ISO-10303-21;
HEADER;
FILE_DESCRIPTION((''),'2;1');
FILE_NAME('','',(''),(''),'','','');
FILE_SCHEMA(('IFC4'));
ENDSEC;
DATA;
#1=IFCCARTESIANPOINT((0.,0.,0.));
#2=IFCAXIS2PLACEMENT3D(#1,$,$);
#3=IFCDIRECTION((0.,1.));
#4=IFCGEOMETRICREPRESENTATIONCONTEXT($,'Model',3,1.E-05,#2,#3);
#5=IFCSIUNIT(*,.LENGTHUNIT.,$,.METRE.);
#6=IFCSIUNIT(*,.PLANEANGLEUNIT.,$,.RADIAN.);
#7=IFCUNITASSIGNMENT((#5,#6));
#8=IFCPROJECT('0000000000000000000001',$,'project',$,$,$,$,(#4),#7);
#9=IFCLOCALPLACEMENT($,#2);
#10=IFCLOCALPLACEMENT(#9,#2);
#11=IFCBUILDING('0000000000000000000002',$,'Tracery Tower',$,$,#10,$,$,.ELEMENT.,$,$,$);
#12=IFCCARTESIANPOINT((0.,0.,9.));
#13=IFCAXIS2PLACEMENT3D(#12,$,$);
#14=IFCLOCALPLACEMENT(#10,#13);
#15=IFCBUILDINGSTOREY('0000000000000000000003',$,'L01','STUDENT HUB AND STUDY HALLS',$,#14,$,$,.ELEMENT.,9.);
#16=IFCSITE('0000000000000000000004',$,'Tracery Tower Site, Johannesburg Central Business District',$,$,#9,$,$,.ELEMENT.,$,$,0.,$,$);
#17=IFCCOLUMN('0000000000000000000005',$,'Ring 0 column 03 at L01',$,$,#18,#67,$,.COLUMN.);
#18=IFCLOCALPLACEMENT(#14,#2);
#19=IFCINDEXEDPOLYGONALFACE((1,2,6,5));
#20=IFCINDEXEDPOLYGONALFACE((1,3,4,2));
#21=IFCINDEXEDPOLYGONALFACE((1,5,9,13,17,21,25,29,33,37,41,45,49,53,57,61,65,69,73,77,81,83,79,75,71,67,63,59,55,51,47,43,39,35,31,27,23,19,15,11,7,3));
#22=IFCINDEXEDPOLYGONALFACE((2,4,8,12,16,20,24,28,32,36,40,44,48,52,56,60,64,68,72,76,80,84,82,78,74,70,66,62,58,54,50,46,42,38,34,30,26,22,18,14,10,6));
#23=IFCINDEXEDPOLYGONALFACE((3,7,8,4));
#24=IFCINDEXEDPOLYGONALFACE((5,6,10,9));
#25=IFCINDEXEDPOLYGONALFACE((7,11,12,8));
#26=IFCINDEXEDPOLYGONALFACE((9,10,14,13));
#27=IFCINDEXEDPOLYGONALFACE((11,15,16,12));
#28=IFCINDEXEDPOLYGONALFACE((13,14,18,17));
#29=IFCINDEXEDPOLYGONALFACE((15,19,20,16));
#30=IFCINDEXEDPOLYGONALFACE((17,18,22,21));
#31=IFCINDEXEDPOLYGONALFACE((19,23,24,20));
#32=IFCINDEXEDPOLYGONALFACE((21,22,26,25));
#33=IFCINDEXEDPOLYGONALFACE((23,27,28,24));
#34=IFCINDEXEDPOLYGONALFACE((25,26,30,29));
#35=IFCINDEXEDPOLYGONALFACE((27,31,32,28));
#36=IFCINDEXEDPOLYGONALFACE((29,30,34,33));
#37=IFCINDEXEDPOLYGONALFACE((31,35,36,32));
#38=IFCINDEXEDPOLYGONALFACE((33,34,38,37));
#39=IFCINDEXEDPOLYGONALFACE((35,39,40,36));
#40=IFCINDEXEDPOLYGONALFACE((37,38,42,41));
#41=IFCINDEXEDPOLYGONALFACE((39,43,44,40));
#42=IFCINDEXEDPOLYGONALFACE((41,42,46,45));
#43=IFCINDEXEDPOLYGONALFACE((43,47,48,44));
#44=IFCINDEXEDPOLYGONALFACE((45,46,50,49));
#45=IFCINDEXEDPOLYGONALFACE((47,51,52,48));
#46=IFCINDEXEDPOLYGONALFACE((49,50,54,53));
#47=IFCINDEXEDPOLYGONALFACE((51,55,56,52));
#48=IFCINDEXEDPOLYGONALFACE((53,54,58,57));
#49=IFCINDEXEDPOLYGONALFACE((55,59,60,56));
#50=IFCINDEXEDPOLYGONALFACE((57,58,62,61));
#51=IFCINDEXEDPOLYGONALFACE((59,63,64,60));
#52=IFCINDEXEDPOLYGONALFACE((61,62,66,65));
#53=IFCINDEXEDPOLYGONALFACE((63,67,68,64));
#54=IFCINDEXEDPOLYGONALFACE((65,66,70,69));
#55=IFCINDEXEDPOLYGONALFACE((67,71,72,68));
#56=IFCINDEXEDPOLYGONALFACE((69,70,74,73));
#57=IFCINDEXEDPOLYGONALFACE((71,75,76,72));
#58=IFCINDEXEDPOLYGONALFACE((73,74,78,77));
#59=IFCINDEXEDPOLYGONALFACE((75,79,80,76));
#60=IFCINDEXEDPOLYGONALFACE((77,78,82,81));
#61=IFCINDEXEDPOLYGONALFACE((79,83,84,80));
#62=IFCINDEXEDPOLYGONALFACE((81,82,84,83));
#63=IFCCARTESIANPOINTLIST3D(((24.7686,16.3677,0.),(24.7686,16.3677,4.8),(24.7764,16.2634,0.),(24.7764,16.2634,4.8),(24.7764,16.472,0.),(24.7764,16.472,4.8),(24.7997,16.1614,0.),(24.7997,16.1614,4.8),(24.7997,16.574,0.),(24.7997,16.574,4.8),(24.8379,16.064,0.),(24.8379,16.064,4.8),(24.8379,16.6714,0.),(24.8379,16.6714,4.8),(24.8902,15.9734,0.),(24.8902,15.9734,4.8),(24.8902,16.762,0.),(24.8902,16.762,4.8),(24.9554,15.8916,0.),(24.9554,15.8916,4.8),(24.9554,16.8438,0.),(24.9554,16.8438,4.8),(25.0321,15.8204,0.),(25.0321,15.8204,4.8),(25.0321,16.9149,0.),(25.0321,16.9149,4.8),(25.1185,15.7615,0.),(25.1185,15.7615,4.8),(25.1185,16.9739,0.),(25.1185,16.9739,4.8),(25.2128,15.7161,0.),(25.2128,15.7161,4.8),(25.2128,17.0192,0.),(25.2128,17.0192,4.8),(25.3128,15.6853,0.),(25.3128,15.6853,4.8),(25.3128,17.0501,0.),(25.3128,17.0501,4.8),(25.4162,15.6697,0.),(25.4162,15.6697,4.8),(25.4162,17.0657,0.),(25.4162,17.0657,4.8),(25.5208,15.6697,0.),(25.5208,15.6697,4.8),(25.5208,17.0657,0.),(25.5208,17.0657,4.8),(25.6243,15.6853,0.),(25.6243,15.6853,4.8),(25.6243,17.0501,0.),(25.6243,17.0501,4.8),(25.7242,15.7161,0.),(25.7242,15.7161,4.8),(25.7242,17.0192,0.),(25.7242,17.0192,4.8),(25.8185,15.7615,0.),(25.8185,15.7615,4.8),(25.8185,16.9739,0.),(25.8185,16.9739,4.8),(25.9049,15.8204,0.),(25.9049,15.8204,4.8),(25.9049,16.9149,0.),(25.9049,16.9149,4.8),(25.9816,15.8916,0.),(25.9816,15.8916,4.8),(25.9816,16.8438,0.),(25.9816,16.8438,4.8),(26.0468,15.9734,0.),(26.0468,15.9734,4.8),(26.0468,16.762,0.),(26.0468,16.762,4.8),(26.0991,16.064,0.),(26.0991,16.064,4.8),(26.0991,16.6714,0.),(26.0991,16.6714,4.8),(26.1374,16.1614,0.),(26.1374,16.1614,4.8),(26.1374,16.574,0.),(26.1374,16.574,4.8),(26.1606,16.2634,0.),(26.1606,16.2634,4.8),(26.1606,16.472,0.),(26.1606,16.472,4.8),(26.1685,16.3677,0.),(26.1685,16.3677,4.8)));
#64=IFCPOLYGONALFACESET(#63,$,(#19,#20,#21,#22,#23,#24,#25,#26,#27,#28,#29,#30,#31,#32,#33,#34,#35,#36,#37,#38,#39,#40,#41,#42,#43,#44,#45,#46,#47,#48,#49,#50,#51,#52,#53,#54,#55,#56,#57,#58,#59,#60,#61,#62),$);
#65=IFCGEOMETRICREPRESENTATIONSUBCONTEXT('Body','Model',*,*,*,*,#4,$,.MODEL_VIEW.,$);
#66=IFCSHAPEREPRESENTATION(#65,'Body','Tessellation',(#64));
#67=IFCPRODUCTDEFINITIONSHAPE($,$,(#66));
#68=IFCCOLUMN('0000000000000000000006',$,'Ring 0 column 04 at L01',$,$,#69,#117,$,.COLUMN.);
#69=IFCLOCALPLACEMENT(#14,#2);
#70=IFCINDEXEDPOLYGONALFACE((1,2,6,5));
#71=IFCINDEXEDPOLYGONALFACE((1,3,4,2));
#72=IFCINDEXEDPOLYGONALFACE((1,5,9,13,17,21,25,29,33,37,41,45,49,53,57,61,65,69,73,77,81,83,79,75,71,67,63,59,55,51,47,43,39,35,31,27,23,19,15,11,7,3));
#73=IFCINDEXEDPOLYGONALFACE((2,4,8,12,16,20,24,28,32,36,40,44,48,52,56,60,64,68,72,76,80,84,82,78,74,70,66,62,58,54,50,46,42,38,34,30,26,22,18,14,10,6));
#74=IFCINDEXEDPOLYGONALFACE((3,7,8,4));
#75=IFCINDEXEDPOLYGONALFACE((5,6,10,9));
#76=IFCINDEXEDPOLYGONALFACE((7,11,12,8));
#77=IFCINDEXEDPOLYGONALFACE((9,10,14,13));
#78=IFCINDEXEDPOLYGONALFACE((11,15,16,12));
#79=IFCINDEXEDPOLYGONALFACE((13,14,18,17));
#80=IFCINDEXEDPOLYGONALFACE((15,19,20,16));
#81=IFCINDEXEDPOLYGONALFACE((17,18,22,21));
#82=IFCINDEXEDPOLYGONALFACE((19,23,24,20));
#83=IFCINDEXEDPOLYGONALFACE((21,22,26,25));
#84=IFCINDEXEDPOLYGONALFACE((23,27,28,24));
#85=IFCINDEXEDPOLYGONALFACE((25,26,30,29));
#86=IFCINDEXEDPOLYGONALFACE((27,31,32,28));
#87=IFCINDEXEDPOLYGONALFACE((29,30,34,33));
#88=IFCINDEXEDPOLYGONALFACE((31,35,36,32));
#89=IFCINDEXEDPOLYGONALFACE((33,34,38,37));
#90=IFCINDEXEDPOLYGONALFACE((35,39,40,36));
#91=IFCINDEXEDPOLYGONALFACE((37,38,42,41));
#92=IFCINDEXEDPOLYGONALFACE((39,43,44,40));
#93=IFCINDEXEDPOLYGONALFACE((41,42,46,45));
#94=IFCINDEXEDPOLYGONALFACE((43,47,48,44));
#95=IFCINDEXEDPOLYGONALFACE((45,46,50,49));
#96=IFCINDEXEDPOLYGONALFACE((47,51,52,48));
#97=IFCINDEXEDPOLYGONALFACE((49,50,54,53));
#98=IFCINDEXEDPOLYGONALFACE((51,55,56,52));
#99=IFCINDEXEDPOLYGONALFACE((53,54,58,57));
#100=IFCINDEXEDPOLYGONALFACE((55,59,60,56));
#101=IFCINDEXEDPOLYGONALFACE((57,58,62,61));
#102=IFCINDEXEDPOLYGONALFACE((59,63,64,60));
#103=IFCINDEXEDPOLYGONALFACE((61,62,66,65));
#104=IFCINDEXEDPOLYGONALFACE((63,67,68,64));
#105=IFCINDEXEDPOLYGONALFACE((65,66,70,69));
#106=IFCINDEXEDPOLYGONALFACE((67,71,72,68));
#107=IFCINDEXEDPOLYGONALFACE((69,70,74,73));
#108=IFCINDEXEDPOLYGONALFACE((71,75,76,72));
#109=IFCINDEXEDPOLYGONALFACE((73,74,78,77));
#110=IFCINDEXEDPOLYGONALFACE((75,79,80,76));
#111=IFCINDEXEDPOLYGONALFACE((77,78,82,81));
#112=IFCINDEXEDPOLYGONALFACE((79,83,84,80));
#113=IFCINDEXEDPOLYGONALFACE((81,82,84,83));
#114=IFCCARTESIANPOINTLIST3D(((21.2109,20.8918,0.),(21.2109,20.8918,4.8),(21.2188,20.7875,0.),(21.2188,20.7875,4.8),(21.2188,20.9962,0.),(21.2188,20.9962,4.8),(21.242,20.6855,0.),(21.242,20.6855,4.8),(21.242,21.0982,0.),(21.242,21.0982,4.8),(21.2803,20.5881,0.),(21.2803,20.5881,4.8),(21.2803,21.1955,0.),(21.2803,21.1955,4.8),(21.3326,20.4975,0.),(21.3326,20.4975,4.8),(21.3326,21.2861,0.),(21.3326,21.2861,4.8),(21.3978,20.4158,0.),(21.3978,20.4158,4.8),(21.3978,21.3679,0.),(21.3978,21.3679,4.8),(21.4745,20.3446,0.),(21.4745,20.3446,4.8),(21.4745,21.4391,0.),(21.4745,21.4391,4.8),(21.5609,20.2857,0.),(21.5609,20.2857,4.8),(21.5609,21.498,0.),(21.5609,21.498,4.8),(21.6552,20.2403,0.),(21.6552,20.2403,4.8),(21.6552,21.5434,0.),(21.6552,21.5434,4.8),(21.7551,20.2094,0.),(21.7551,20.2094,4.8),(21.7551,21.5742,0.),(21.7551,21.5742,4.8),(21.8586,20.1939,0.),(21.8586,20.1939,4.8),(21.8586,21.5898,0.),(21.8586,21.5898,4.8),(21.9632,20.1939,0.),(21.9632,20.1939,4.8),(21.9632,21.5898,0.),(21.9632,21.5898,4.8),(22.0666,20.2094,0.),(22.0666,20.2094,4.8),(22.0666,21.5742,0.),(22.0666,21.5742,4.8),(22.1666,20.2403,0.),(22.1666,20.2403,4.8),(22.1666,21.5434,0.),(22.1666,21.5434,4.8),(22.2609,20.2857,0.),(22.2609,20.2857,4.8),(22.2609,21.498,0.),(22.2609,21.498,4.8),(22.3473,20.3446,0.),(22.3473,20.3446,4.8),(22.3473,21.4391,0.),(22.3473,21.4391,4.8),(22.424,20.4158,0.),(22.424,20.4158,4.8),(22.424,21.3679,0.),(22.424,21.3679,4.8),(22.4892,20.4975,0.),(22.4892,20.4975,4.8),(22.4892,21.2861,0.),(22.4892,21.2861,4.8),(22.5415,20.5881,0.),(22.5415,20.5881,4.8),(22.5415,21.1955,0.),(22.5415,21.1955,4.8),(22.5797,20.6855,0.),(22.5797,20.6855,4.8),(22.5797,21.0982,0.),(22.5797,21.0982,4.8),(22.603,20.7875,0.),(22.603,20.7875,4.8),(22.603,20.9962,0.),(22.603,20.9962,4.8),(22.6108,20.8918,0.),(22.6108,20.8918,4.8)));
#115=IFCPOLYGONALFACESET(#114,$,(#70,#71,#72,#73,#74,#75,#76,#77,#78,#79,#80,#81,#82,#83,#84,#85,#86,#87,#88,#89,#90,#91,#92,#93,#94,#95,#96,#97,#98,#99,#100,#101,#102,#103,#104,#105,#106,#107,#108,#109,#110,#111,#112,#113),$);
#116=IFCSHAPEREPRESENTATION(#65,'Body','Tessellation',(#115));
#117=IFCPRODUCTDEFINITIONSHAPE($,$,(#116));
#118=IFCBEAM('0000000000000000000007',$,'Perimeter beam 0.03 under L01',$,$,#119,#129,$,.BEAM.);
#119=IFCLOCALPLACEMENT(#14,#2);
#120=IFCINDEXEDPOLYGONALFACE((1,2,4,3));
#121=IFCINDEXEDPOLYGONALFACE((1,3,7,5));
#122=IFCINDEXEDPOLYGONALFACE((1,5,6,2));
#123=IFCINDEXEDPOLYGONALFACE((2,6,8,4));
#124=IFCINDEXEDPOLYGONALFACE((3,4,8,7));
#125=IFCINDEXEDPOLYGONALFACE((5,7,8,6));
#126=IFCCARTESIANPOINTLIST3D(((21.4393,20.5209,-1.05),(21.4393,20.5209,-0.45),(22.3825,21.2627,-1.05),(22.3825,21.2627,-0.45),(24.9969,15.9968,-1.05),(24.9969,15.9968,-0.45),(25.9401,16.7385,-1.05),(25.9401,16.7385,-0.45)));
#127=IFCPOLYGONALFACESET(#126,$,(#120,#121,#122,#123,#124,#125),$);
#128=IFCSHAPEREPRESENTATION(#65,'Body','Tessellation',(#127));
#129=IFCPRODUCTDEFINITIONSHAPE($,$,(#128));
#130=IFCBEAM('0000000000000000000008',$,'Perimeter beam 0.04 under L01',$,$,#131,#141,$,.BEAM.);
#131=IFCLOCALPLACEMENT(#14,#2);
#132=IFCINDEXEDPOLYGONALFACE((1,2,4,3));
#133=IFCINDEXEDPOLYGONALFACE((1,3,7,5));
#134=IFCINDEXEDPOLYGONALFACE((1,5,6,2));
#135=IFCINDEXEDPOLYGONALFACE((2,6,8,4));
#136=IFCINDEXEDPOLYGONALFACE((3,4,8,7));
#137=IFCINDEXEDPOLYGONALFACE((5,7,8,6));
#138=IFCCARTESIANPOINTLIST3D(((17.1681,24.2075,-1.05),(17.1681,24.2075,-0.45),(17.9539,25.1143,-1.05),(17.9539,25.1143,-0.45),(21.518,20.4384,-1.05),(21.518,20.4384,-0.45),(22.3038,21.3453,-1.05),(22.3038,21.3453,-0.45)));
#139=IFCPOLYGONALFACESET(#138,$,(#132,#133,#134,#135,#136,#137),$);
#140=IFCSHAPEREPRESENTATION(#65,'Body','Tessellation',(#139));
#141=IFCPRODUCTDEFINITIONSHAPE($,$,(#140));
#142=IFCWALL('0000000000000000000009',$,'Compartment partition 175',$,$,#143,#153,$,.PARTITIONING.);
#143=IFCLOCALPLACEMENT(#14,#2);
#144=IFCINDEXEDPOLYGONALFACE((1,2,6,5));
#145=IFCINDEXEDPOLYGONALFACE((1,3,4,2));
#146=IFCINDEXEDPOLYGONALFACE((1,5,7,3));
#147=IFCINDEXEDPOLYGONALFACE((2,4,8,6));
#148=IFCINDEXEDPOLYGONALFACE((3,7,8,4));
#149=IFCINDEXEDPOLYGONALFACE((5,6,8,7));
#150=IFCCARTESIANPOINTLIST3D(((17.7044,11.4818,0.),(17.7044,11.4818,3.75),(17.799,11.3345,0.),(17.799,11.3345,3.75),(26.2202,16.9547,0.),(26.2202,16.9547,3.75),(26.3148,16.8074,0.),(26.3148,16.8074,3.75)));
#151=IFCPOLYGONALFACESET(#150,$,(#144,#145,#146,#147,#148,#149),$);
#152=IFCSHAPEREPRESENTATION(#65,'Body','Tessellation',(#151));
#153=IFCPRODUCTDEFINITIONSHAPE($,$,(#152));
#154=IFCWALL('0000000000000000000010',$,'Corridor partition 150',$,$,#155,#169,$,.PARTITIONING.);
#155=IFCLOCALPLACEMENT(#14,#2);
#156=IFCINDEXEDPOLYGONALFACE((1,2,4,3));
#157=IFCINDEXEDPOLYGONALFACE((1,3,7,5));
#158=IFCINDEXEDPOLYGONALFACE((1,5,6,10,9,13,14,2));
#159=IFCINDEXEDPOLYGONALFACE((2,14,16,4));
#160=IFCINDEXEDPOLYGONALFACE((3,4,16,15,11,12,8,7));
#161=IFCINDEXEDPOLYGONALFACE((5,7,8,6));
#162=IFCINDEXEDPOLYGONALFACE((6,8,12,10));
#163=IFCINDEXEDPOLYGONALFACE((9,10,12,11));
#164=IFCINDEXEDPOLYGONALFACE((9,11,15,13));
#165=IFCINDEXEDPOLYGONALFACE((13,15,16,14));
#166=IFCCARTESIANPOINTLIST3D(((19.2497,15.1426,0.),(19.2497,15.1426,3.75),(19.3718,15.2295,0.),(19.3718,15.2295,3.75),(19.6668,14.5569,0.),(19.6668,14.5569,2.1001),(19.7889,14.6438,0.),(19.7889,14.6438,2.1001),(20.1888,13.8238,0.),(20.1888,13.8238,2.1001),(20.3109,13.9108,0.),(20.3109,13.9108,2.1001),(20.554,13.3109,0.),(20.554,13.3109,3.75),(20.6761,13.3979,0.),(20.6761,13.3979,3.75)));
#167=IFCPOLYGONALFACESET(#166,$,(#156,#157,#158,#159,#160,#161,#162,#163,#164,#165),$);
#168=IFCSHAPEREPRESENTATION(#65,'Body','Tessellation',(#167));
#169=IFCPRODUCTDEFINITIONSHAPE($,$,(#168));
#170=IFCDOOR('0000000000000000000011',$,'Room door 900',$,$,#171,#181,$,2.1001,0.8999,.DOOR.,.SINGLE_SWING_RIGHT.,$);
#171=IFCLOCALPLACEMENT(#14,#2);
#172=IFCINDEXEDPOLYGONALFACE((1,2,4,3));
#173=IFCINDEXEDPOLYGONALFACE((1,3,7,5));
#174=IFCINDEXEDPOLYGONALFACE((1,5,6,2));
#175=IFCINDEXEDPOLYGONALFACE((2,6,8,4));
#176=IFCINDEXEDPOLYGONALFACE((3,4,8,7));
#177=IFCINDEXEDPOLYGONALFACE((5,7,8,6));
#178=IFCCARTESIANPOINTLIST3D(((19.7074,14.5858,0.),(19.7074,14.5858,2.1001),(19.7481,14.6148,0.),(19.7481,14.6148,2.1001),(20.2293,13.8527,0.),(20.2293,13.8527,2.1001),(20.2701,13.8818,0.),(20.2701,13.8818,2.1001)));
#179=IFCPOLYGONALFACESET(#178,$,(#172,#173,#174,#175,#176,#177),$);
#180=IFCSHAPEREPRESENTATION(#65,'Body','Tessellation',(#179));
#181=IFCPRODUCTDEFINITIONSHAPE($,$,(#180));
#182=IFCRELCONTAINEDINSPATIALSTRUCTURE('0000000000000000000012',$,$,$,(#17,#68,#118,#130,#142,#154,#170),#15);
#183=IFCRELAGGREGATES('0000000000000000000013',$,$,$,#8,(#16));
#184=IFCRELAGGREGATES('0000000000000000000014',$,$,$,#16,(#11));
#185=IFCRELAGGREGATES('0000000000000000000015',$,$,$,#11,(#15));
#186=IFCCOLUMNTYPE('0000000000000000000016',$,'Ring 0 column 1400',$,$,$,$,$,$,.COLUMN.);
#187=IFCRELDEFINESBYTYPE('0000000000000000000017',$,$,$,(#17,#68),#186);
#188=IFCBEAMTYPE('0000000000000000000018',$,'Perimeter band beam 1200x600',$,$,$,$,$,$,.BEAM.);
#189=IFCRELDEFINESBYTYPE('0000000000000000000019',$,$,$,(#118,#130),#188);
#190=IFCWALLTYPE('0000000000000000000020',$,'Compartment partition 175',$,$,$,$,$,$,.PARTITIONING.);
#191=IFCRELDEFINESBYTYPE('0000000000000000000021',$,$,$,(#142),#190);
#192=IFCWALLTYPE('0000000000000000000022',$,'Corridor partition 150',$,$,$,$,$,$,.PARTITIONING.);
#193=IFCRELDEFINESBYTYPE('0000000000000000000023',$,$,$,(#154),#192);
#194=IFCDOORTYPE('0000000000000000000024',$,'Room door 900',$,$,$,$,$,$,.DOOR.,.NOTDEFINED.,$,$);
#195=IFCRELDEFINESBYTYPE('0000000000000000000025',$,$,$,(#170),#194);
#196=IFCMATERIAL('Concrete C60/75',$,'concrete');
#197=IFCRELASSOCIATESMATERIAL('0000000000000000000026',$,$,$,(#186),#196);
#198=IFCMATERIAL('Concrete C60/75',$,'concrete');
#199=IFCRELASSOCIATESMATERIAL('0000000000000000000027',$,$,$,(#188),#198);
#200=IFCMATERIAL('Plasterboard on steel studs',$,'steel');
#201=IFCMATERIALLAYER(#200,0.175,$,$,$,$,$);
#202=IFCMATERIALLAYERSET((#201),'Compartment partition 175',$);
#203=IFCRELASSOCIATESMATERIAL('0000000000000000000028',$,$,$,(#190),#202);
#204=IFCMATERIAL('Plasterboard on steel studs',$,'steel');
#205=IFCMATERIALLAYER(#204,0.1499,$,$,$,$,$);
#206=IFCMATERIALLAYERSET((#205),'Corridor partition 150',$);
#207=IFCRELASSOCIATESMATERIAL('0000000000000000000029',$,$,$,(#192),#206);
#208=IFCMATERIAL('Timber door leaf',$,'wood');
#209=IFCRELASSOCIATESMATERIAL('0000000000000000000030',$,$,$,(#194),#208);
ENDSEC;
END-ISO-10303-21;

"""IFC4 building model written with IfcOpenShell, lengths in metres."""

from ifc_helpers import new_model, si_unit, direction, frame, frame_2d, origin, origin_2d, place, context, subcontext, project, spatial, rectangle, circle, extrude, material, layer, layer_set, material_profile, profile_set, type_object, element, fill, save


model = new_model("IFC4")

# Units and contexts
model_context = context("Model", 3, precision=1e-05, world=origin(), true_north=direction((0.0, 1.0)))
body_context = subcontext(model_context, "Body", "Model", "MODEL_VIEW")
ifc_project = project(units=[si_unit("LENGTHUNIT", "METRE"), si_unit("PLANEANGLEUNIT", "RADIAN")], contexts=[model_context])

# Site, building, storey
site_placement = place(None, origin())
site = spatial("IfcSite", under=ifc_project, at=site_placement, Name="Tracery Tower Site, Johannesburg Central Business District", CompositionType="ELEMENT", RefElevation=0.0)
building_placement = place(site_placement, origin())
building = spatial("IfcBuilding", under=site, at=building_placement, Name="Tracery Tower", CompositionType="ELEMENT")
storey_placement = place(building_placement, frame((0.0, 0.0, 9.0)))
storey = spatial("IfcBuildingStorey", under=building, at=storey_placement, Name="L01", Description="STUDENT HUB AND STUDY HALLS", CompositionType="ELEMENT", Elevation=9.0)

# Columns
ifc_material_1 = material(Name="Concrete C60/75", Category="concrete")
ifc_material_profile_1 = material_profile(ifc_material_1, circle(Radius=0.7, at=origin_2d()), Name="RC D1400")
ifc_profile_set_1 = profile_set([ifc_material_profile_1], Name="Concrete C60/75")
column_type = type_object("IfcColumnType", Name="Ring 0 column 1400", PredefinedType="COLUMN", material=ifc_profile_set_1)
for number, where, z_axis, x_axis, name in (
    (1, (25.4685, 16.3677, 0.0), (0.0, 0.0, 1.0), (1.0, 0.0, 0.0), "Ring 0 column 03 at L01"),
    (2, (21.9109, 20.8918, 0.0), (0.0, 0.0, 1.0), (1.0, 0.0, 0.0), "Ring 0 column 04 at L01"),
):
    element("IfcColumn", number, at=place(storey_placement, frame(where, z_axis=z_axis, x_axis=x_axis)), inside=storey, type_object=column_type, Name=name, PredefinedType="COLUMN", context=body_context, shape_type="SweptSolid", body=[
        extrude(circle(Radius=0.7, at=origin_2d()), origin(), (0.0, 0.0, 1.0), 4.8),
    ])

# Beams
ifc_material_2 = material(Name="Concrete C60/75", Category="concrete")
ifc_material_profile_2 = material_profile(ifc_material_2, rectangle(XDim=1.2, YDim=0.6001, at=origin_2d()), Name="RC 1200x600")
ifc_profile_set_2 = profile_set([ifc_material_profile_2], Name="Concrete C60/75")
beam_type = type_object("IfcBeamType", Name="Perimeter band beam 1200x600", PredefinedType="BEAM", material=ifc_profile_set_2)
beam_1_placement = place(storey_placement, frame((25.4685, 16.3677, -0.75), z_axis=(-0.618134, 0.786072, 0.0), x_axis=(-0.786072, -0.618134, 0.0)))
element("IfcBeam", 3, at=beam_1_placement, inside=storey, type_object=beam_type, Name="Perimeter beam 0.03 under L01", PredefinedType="BEAM", context=body_context, shape_type="SweptSolid", body=[
    extrude(rectangle(XDim=1.2, YDim=0.6001, at=origin_2d()), origin(), (0.0, 0.0, 1.0), 5.7554),
])
beam_2_placement = place(storey_placement, frame((21.9109, 20.8918, -0.75), z_axis=(-0.75576, 0.654848, 0.0), x_axis=(-0.654848, -0.75576, 0.0)))
element("IfcBeam", 4, at=beam_2_placement, inside=storey, type_object=beam_type, Name="Perimeter beam 0.04 under L01", PredefinedType="BEAM", context=body_context, shape_type="SweptSolid", body=[
    extrude(rectangle(XDim=1.2, YDim=0.6001, at=origin_2d()), origin(), (0.0, 0.0, 1.0), 5.7556),
])

# Wall
ifc_material_3 = material(Name="Plasterboard on steel studs", Category="steel")
ifc_layer_1 = layer(ifc_material_3, 0.175)
ifc_layer_set_1 = layer_set([ifc_layer_1], Name="Compartment partition 175")
wall_type_1 = type_object("IfcWallType", Name="Compartment partition 175", PredefinedType="PARTITIONING", material=ifc_layer_set_1)
wall_1_placement = place(storey_placement, frame((26.2676, 16.8811, 0.0), z_axis=(0.0, 0.0, 1.0), x_axis=(-0.84125, -0.540647, 0.0)))
element("IfcWall", 5, at=wall_1_placement, inside=storey, type_object=wall_type_1, Name="Compartment partition 175", PredefinedType="PARTITIONING", context=body_context, shape_type="SweptSolid", body=[
    extrude(rectangle(XDim=10.1228, YDim=0.175, at=frame_2d((5.0615, 0.0))), origin(), (0.0, 0.0, 1.0), 3.75),
])

# Wall, opening, door
ifc_material_4 = material(Name="Plasterboard on steel studs", Category="steel")
ifc_layer_2 = layer(ifc_material_4, 0.1499)
ifc_layer_set_2 = layer_set([ifc_layer_2], Name="Corridor partition 150")
wall_type_2 = type_object("IfcWallType", Name="Corridor partition 150", PredefinedType="PARTITIONING", material=ifc_layer_set_2)
wall_2_placement = place(storey_placement, frame((19.3108, 15.186, 0.0), z_axis=(0.0, 0.0, 1.0), x_axis=(0.580046, -0.814584, 0.0)))
wall_2 = element("IfcWall", 6, at=wall_2_placement, inside=storey, type_object=wall_type_2, Name="Corridor partition 150", PredefinedType="PARTITIONING", context=body_context, shape_type="SweptSolid", body=[
    extrude(rectangle(XDim=2.2485, YDim=0.1499, at=frame_2d((1.1243, 0.0))), origin(), (0.0, 0.0, 1.0), 3.75),
])
opening_1_placement = place(wall_2_placement, frame((0.719, 0.0, 0.0)))
opening_1 = element("IfcOpeningElement", 7, at=opening_1_placement, cuts=wall_2, PredefinedType="OPENING", context=body_context, shape_type="SweptSolid", body=[
    extrude(rectangle(XDim=0.8999, YDim=2.1001, at=frame_2d((0.45, 1.05))), frame((0.0, 0.075, 0.0), z_axis=(0.0, -1.0, 0.0), x_axis=(1.0, 0.0, 0.0)), (0.0, 0.0, 1.0), 0.1499),
])
ifc_material_5 = material(Name="Timber door leaf", Category="wood")
door_type = type_object("IfcDoorType", Name="Room door 900", OperationType="NOTDEFINED", PredefinedType="DOOR", material=ifc_material_5)
door_placement = place(opening_1_placement, origin())
door = element("IfcDoor", 8, at=door_placement, inside=storey, type_object=door_type, Name="Room door 900", OperationType="SINGLE_SWING_RIGHT", OverallHeight=2.1001, OverallWidth=0.8999, PredefinedType="DOOR", context=body_context, shape_type="SweptSolid", body=[
    extrude(rectangle(XDim=0.8999, YDim=2.1001, at=frame_2d((0.45, 1.05))), frame((0.0, 0.0249, 0.0), z_axis=(0.0, -1.0, 0.0), x_axis=(1.0, 0.0, 0.0)), (0.0, 0.0, 1.0), 0.05),
])
fill(opening_1, door)

save(model, "model.ifc")
